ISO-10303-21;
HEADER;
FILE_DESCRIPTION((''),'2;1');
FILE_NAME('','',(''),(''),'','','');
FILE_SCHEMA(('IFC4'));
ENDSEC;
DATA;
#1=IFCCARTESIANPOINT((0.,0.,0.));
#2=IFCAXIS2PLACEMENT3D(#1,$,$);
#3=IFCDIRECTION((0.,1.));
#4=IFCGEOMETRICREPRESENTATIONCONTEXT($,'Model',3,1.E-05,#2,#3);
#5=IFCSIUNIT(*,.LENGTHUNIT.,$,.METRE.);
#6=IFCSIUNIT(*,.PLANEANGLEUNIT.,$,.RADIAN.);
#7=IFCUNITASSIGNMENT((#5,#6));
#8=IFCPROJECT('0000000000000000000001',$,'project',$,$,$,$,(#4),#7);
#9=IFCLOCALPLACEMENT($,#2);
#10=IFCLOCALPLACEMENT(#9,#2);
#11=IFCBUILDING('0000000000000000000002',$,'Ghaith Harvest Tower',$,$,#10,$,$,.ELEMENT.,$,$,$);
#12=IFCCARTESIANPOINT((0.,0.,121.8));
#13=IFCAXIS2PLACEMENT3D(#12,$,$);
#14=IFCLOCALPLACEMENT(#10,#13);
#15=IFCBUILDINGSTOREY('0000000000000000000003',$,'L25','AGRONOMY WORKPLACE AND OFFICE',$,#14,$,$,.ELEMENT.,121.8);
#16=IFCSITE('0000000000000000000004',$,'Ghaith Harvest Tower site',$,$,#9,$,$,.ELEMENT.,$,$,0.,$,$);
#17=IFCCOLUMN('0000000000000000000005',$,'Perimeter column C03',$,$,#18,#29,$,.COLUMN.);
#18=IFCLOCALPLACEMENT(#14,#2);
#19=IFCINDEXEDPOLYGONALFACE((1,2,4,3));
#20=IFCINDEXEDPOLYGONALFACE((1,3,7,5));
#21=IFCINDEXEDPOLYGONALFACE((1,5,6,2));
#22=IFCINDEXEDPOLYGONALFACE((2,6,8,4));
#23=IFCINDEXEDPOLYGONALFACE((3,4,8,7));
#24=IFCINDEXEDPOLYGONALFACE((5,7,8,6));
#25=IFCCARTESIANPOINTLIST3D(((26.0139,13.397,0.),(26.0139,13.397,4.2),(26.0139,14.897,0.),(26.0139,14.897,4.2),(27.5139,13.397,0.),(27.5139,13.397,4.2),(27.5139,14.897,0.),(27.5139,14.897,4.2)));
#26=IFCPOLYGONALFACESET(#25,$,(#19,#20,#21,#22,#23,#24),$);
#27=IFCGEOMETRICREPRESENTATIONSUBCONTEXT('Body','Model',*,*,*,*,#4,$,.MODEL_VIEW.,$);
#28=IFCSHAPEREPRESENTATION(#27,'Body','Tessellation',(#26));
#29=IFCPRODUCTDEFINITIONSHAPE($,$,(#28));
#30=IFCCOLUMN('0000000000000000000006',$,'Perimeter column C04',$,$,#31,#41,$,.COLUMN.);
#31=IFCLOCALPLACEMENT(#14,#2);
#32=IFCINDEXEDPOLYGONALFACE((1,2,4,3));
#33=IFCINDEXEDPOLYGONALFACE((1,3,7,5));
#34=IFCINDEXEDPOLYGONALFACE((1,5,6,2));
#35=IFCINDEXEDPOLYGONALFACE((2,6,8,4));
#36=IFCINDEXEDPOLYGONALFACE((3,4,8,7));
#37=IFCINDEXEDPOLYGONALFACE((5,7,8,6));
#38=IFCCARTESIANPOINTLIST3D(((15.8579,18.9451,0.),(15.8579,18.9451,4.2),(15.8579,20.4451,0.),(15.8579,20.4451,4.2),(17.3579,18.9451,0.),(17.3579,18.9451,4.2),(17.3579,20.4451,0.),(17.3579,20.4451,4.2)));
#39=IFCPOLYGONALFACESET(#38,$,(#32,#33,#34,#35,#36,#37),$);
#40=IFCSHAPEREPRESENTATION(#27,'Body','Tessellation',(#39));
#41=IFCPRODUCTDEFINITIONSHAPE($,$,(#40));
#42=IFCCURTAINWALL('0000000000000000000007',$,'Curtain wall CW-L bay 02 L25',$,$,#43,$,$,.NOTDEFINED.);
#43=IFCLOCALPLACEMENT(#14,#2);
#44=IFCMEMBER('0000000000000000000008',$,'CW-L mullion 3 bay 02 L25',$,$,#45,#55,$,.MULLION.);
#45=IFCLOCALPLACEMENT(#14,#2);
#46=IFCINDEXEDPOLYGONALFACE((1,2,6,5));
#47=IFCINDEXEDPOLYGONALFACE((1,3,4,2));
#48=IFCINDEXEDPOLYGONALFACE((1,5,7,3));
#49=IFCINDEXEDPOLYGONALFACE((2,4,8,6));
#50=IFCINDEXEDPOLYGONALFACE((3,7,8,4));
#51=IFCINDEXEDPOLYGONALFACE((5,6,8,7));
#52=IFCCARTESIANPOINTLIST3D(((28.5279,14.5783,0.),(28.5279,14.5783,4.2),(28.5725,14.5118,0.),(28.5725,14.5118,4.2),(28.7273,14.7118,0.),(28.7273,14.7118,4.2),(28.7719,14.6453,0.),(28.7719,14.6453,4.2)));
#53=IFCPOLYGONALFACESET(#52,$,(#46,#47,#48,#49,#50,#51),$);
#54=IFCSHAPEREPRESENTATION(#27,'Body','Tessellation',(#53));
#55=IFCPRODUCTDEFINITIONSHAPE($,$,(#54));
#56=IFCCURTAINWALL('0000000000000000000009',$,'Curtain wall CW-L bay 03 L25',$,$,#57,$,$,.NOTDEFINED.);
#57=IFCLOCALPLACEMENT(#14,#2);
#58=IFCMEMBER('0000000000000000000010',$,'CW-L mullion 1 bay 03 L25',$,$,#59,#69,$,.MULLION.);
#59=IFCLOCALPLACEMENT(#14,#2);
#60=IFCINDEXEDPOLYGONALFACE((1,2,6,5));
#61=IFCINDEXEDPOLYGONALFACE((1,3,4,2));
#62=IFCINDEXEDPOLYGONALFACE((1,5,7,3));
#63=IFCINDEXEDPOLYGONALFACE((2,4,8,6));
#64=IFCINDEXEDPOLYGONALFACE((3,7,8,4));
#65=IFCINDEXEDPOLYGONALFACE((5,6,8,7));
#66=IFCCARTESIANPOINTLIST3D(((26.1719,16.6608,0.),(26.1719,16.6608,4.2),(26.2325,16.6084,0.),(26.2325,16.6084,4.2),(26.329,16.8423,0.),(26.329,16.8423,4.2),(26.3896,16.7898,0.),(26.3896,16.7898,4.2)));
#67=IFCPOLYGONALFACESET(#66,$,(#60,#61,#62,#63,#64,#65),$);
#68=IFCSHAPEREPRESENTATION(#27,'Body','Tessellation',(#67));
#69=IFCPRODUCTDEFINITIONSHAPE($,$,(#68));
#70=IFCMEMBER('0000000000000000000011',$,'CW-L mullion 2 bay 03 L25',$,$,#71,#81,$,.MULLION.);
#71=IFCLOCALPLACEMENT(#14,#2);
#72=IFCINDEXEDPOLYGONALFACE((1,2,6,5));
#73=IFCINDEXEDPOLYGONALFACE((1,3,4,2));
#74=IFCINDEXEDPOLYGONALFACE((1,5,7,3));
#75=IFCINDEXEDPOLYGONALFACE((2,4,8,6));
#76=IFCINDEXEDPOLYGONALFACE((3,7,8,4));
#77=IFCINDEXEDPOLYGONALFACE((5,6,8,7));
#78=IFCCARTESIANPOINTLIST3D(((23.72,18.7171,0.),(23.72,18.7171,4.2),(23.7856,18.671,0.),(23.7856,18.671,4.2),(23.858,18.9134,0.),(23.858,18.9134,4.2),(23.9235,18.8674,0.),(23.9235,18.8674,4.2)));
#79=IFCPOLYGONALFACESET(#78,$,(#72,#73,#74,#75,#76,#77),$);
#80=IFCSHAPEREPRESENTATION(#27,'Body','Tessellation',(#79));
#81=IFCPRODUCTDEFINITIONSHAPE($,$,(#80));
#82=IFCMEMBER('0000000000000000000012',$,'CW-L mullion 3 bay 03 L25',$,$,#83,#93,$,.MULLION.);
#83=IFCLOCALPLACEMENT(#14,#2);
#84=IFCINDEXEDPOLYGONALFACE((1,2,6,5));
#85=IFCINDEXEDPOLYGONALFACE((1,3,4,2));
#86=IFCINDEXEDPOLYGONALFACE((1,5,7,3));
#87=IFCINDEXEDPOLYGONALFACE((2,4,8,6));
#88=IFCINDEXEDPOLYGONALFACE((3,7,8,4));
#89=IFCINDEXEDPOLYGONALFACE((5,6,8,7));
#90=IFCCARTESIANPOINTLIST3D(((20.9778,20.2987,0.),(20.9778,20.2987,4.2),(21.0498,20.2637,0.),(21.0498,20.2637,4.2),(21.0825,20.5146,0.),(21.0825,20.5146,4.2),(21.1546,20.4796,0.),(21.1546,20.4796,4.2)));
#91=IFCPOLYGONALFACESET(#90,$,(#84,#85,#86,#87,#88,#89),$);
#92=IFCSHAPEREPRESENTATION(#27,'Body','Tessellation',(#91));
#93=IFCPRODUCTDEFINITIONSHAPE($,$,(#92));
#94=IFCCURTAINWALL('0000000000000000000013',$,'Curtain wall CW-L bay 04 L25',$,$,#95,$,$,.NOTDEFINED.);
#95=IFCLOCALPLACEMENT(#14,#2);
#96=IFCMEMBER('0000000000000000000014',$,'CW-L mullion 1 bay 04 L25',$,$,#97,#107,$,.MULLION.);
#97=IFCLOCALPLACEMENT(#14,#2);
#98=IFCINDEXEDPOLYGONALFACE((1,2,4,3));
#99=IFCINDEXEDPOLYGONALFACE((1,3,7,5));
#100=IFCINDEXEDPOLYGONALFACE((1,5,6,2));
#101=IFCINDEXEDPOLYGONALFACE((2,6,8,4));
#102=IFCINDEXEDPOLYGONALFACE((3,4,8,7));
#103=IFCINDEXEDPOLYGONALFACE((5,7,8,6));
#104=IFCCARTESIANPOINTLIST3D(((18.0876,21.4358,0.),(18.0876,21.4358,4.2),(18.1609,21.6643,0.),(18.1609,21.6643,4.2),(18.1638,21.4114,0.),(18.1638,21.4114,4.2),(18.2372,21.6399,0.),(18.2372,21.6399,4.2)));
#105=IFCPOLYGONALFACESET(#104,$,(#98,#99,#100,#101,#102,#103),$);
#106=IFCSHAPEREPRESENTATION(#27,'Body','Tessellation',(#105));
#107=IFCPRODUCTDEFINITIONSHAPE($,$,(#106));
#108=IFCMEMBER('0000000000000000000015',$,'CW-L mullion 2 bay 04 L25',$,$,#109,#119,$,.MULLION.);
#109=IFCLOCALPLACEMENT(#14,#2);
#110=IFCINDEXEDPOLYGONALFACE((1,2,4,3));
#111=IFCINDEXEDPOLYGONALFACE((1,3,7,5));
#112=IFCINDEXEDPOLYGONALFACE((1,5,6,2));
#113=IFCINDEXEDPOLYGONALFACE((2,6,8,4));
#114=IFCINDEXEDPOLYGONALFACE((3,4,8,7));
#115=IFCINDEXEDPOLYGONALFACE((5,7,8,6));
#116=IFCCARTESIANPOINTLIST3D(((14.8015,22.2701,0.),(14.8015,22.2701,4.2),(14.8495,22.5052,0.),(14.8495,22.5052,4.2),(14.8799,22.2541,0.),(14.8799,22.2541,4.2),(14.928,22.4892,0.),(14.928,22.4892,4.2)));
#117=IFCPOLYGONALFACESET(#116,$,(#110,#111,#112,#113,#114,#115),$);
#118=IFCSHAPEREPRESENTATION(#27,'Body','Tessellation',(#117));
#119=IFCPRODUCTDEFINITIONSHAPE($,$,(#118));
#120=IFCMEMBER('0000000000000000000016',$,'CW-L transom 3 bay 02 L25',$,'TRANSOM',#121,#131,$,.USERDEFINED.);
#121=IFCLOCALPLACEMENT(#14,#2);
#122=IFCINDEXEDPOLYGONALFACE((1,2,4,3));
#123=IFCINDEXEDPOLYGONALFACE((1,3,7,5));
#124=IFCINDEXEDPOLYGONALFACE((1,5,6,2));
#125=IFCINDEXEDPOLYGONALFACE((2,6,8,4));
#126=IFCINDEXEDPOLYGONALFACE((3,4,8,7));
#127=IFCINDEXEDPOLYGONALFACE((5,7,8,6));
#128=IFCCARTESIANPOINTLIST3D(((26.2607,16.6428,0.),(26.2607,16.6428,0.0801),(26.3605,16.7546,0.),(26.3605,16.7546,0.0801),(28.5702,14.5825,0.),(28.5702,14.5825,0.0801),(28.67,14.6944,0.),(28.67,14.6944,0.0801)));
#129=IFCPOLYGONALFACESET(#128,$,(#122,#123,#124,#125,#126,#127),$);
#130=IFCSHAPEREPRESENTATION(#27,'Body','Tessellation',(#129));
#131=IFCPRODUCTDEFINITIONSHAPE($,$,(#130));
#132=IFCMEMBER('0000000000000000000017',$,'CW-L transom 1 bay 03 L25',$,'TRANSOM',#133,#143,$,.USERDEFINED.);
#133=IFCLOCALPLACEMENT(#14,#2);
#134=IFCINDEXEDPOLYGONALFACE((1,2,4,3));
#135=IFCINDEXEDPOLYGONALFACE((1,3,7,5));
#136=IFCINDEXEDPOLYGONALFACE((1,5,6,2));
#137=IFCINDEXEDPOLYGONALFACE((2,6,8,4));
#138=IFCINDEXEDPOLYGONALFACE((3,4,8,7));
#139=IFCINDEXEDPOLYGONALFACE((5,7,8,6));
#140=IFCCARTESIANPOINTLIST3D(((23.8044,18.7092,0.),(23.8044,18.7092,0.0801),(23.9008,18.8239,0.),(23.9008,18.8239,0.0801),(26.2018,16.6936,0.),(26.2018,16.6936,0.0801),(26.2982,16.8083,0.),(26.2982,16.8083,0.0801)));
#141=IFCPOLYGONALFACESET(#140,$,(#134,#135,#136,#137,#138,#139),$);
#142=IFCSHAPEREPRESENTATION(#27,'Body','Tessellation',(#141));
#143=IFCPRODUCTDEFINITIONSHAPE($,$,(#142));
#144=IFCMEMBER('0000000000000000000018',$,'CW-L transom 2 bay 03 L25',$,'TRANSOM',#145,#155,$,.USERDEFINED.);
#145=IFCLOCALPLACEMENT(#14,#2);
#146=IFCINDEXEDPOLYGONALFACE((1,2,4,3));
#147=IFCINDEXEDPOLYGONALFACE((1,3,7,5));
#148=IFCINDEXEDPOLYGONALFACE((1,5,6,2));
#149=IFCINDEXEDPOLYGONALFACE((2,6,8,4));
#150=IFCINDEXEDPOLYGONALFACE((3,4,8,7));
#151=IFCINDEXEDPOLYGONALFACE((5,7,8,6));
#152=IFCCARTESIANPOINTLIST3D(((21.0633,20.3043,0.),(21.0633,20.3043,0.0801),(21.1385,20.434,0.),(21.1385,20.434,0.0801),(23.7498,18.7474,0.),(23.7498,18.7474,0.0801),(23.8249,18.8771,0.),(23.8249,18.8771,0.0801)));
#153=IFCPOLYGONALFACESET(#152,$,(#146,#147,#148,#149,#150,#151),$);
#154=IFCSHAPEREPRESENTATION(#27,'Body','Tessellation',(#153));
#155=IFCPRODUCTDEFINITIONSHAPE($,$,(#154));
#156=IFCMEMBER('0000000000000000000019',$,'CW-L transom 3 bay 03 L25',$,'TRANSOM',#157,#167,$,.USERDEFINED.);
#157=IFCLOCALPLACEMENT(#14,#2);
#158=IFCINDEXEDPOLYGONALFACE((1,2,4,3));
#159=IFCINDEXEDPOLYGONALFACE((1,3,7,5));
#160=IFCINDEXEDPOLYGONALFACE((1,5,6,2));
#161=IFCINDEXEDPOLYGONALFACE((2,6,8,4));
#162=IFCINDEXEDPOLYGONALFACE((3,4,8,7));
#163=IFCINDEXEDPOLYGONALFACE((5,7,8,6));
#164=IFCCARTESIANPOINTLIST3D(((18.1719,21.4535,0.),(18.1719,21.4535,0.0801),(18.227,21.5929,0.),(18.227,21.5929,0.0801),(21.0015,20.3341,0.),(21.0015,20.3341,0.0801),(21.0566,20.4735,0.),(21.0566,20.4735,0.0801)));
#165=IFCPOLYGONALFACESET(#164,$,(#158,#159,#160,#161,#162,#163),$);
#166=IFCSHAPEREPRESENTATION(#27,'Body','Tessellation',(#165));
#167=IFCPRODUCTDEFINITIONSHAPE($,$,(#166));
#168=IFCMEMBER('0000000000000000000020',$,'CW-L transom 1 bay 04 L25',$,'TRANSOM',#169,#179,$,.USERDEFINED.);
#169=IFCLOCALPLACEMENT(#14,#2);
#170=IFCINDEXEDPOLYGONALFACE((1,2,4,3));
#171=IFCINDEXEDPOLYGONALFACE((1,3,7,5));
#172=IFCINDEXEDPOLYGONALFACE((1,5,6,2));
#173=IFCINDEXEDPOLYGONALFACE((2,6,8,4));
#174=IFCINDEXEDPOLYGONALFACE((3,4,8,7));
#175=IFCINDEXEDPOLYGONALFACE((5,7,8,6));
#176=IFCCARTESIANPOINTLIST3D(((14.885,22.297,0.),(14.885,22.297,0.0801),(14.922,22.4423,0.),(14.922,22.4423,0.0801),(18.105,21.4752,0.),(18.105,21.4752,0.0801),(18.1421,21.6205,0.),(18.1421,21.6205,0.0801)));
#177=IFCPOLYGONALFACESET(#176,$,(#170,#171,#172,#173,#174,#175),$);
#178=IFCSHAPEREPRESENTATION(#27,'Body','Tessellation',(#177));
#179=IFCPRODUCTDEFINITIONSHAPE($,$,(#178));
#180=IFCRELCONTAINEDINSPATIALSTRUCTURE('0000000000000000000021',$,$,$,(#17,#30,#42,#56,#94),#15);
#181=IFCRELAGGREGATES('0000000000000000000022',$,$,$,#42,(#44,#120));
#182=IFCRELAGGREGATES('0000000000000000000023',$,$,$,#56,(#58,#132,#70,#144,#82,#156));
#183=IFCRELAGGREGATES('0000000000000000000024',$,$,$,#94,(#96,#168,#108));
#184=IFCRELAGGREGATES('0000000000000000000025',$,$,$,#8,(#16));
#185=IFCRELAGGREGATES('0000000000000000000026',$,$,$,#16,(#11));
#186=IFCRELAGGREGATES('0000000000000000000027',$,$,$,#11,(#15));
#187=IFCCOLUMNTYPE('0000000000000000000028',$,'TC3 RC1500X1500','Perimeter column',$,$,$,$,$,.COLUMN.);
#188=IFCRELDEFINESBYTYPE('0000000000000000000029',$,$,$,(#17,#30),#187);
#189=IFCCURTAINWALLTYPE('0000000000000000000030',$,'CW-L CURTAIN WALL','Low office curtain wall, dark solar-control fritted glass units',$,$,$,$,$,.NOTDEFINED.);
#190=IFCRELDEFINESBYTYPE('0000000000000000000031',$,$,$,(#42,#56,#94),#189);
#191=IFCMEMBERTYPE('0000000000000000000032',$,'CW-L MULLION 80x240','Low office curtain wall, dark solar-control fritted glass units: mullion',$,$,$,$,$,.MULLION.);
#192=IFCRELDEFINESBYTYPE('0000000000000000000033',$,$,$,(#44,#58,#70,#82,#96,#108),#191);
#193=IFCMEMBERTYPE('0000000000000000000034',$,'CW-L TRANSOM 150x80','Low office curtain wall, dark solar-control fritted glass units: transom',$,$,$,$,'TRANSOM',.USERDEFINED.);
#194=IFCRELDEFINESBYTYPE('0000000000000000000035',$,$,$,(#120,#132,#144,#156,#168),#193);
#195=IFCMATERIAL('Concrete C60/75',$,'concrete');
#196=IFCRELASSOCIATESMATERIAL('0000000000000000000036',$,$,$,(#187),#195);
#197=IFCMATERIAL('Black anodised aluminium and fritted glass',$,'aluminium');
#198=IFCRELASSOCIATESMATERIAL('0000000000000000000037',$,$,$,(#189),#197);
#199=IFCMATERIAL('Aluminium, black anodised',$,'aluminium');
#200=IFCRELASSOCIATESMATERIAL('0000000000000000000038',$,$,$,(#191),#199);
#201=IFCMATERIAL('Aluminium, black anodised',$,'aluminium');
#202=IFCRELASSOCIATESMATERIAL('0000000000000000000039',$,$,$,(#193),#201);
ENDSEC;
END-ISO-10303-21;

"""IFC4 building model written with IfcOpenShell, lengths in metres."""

from ifc_helpers import new_model, si_unit, direction, frame, origin, origin_2d, place, context, subcontext, project, spatial, rectangle, extrude, material, material_profile, profile_set, type_object, element, aggregate, save


model = new_model("IFC4")

# Units and contexts
model_context = context("Model", 3, precision=1e-05, world=origin(), true_north=direction((0.0, 1.0)))
body_context = subcontext(model_context, "Body", "Model", "MODEL_VIEW")
ifc_project = project(units=[si_unit("LENGTHUNIT", "METRE"), si_unit("PLANEANGLEUNIT", "RADIAN")], contexts=[model_context])

# Site, building, storey
site_placement = place(None, origin())
site = spatial("IfcSite", under=ifc_project, at=site_placement, Name="Ghaith Harvest Tower site", CompositionType="ELEMENT", RefElevation=0.0)
building_placement = place(site_placement, origin())
building = spatial("IfcBuilding", under=site, at=building_placement, Name="Ghaith Harvest Tower", CompositionType="ELEMENT")
storey_placement = place(building_placement, frame((0.0, 0.0, 121.8)))
storey = spatial("IfcBuildingStorey", under=building, at=storey_placement, Name="L25", Description="AGRONOMY WORKPLACE AND OFFICE", CompositionType="ELEMENT", Elevation=121.8)

# Columns
ifc_material_1 = material(Name="Concrete C60/75", Category="concrete")
ifc_material_profile_1 = material_profile(ifc_material_1, rectangle(XDim=1.5, YDim=1.5, at=origin_2d()), Name="RC1500X1500")
ifc_profile_set_1 = profile_set([ifc_material_profile_1], Name="Concrete C60/75")
column_type = type_object("IfcColumnType", Name="TC3 RC1500X1500", Description="Perimeter column", PredefinedType="COLUMN", material=ifc_profile_set_1)
for number, where, z_axis, x_axis, name in (
    (1, (26.7639, 14.147, 0.0), (0.0, 0.0, 1.0), (1.0, 0.0, 0.0), "Perimeter column C03"),
    (2, (16.6079, 19.6951, 0.0), (0.0, 0.0, 1.0), (1.0, 0.0, 0.0), "Perimeter column C04"),
):
    element("IfcColumn", number, at=place(storey_placement, frame(where, z_axis=z_axis, x_axis=x_axis)), inside=storey, type_object=column_type, Name=name, PredefinedType="COLUMN", context=body_context, shape_type="SweptSolid", body=[
        extrude(rectangle(XDim=1.5, YDim=1.5, at=origin_2d()), origin(), (0.0, 0.0, 1.0), 4.2),
    ])

# Curtain wall, member
ifc_material_2 = material(Name="Black anodised aluminium and fritted glass", Category="aluminium")
curtain_wall_type = type_object("IfcCurtainWallType", Name="CW-L CURTAIN WALL", Description="Low office curtain wall, dark solar-control fritted glass units", PredefinedType="NOTDEFINED", material=ifc_material_2)
curtain_wall_1_placement = place(storey_placement, origin())
curtain_wall_1 = element("IfcCurtainWall", 3, at=curtain_wall_1_placement, inside=storey, type_object=curtain_wall_type, Name="Curtain wall CW-L bay 02 L25", PredefinedType="NOTDEFINED")
ifc_material_3 = material(Name="Aluminium, black anodised", Category="aluminium")
ifc_material_profile_2 = material_profile(ifc_material_3, rectangle(XDim=0.0801, YDim=0.24, at=origin_2d()), Name="CW-L MULLION 80x240")
ifc_profile_set_2 = profile_set([ifc_material_profile_2], Name="Aluminium, black anodised")
member_type_1 = type_object("IfcMemberType", Name="CW-L MULLION 80x240", Description="Low office curtain wall, dark solar-control fritted glass units: mullion", PredefinedType="MULLION", material=ifc_profile_set_2)
member_1_placement = place(storey_placement, frame((28.6499, 14.6118, 0.0), z_axis=(0.0, 0.0, 1.0), x_axis=(-0.556324, 0.830965, 0.0)))
member_1 = element("IfcMember", 4, at=member_1_placement, type_object=member_type_1, Name="CW-L mullion 3 bay 02 L25", PredefinedType="MULLION", context=body_context, shape_type="SweptSolid", body=[
    extrude(rectangle(XDim=0.0801, YDim=0.24, at=origin_2d()), origin(), (0.0, 0.0, 1.0), 4.2),
])

# Curtain walls, members
curtain_wall_2_placement = place(storey_placement, origin())
curtain_wall_2 = element("IfcCurtainWall", 5, at=curtain_wall_2_placement, inside=storey, type_object=curtain_wall_type, Name="Curtain wall CW-L bay 03 L25", PredefinedType="NOTDEFINED")
member_2_placement = place(storey_placement, frame((26.2808, 16.7253, 0.0), z_axis=(0.0, 0.0, 1.0), x_axis=(-0.755999, 0.654572, 0.0)))
member_2 = element("IfcMember", 6, at=member_2_placement, type_object=member_type_1, Name="CW-L mullion 1 bay 03 L25", PredefinedType="MULLION", context=body_context, shape_type="SweptSolid", body=[
    extrude(rectangle(XDim=0.0801, YDim=0.24, at=origin_2d()), origin(), (0.0, 0.0, 1.0), 4.2),
])
member_3_placement = place(storey_placement, frame((23.8218, 18.7922, 0.0), z_axis=(0.0, 0.0, 1.0), x_axis=(-0.818229, 0.574893, 0.0)))
member_3 = element("IfcMember", 7, at=member_3_placement, type_object=member_type_1, Name="CW-L mullion 2 bay 03 L25", PredefinedType="MULLION", context=body_context, shape_type="SweptSolid", body=[
    extrude(rectangle(XDim=0.0801, YDim=0.24, at=origin_2d()), origin(), (0.0, 0.0, 1.0), 4.2),
])
member_4_placement = place(storey_placement, frame((21.0662, 20.3892, 0.0), z_axis=(0.0, 0.0, 1.0), x_axis=(-0.899713, 0.436481, 0.0)))
member_4 = element("IfcMember", 8, at=member_4_placement, type_object=member_type_1, Name="CW-L mullion 3 bay 03 L25", PredefinedType="MULLION", context=body_context, shape_type="SweptSolid", body=[
    extrude(rectangle(XDim=0.0801, YDim=0.24, at=origin_2d()), origin(), (0.0, 0.0, 1.0), 4.2),
])
curtain_wall_3_placement = place(storey_placement, origin())
curtain_wall_3 = element("IfcCurtainWall", 9, at=curtain_wall_3_placement, inside=storey, type_object=curtain_wall_type, Name="Curtain wall CW-L bay 04 L25", PredefinedType="NOTDEFINED")
member_5_placement = place(storey_placement, frame((18.1624, 21.5378, 0.0), z_axis=(0.0, 0.0, 1.0), x_axis=(-0.952152, 0.305624, 0.0)))
member_5 = element("IfcMember", 10, at=member_5_placement, type_object=member_type_1, Name="CW-L mullion 1 bay 04 L25", PredefinedType="MULLION", context=body_context, shape_type="SweptSolid", body=[
    extrude(rectangle(XDim=0.0801, YDim=0.24, at=origin_2d()), origin(), (0.0, 0.0, 1.0), 4.2),
])
member_6_placement = place(storey_placement, frame((14.8647, 22.3796, 0.0), z_axis=(0.0, 0.0, 1.0), x_axis=(-0.979752, 0.200215, 0.0)))
member_6 = element("IfcMember", 11, at=member_6_placement, type_object=member_type_1, Name="CW-L mullion 2 bay 04 L25", PredefinedType="MULLION", context=body_context, shape_type="SweptSolid", body=[
    extrude(rectangle(XDim=0.0801, YDim=0.24, at=origin_2d()), origin(), (0.0, 0.0, 1.0), 4.2),
])

# Members
ifc_material_4 = material(Name="Aluminium, black anodised", Category="aluminium")
ifc_material_profile_3 = material_profile(ifc_material_4, rectangle(XDim=0.1499, YDim=0.0801, at=origin_2d()), Name="CW-L TRANSOM 150x80")
ifc_profile_set_3 = profile_set([ifc_material_profile_3], Name="Aluminium, black anodised")
member_type_2 = type_object("IfcMemberType", Name="CW-L TRANSOM 150x80", Description="Low office curtain wall, dark solar-control fritted glass units: transom", ElementType="TRANSOM", PredefinedType="USERDEFINED", material=ifc_profile_set_3)
member_7_placement = place(storey_placement, frame((28.6201, 14.6384, 0.04), z_axis=(-0.746229, 0.66569, 0.0), x_axis=(-0.66569, -0.746229, 0.0)))
member_7 = element("IfcMember", 12, at=member_7_placement, type_object=member_type_2, Name="CW-L transom 3 bay 02 L25", ObjectType="TRANSOM", PredefinedType="USERDEFINED", context=body_context, shape_type="SweptSolid", body=[
    extrude(rectangle(XDim=0.1499, YDim=0.0801, at=origin_2d()), origin(), (0.0, 0.0, 1.0), 3.095),
])
member_8_placement = place(storey_placement, frame((26.25, 16.751, 0.04), z_axis=(-0.765428, 0.643521, 0.0), x_axis=(-0.643521, -0.765428, 0.0)))
member_8 = element("IfcMember", 13, at=member_8_placement, type_object=member_type_2, Name="CW-L transom 1 bay 03 L25", ObjectType="TRANSOM", PredefinedType="USERDEFINED", context=body_context, shape_type="SweptSolid", body=[
    extrude(rectangle(XDim=0.1499, YDim=0.0801, at=origin_2d()), origin(), (0.0, 0.0, 1.0), 3.1321),
])
member_9_placement = place(storey_placement, frame((23.7874, 18.8123, 0.04), z_axis=(-0.865213, 0.501405, 0.0), x_axis=(-0.501405, -0.865213, 0.0)))
member_9 = element("IfcMember", 14, at=member_9_placement, type_object=member_type_2, Name="CW-L transom 2 bay 03 L25", ObjectType="TRANSOM", PredefinedType="USERDEFINED", context=body_context, shape_type="SweptSolid", body=[
    extrude(rectangle(XDim=0.1499, YDim=0.0801, at=origin_2d()), origin(), (0.0, 0.0, 1.0), 3.105),
])
member_10_placement = place(storey_placement, frame((21.0291, 20.4038, 0.04), z_axis=(-0.929881, 0.367861, 0.0), x_axis=(-0.367861, -0.929881, 0.0)))
member_10 = element("IfcMember", 15, at=member_10_placement, type_object=member_type_2, Name="CW-L transom 3 bay 03 L25", ObjectType="TRANSOM", PredefinedType="USERDEFINED", context=body_context, shape_type="SweptSolid", body=[
    extrude(rectangle(XDim=0.1499, YDim=0.0801, at=origin_2d()), origin(), (0.0, 0.0, 1.0), 3.043),
])
member_11_placement = place(storey_placement, frame((18.1235, 21.5479, 0.04), z_axis=(-0.968942, 0.247286, 0.0), x_axis=(-0.247286, -0.968942, 0.0)))
member_11 = element("IfcMember", 16, at=member_11_placement, type_object=member_type_2, Name="CW-L transom 1 bay 04 L25", ObjectType="TRANSOM", PredefinedType="USERDEFINED", context=body_context, shape_type="SweptSolid", body=[
    extrude(rectangle(XDim=0.1499, YDim=0.0801, at=origin_2d()), origin(), (0.0, 0.0, 1.0), 3.3232),
])

aggregate(curtain_wall_1, [member_1, member_7])
aggregate(curtain_wall_2, [member_2, member_8, member_3, member_9, member_4, member_10])
aggregate(curtain_wall_3, [member_5, member_11, member_6])

save(model, "model.ifc")
